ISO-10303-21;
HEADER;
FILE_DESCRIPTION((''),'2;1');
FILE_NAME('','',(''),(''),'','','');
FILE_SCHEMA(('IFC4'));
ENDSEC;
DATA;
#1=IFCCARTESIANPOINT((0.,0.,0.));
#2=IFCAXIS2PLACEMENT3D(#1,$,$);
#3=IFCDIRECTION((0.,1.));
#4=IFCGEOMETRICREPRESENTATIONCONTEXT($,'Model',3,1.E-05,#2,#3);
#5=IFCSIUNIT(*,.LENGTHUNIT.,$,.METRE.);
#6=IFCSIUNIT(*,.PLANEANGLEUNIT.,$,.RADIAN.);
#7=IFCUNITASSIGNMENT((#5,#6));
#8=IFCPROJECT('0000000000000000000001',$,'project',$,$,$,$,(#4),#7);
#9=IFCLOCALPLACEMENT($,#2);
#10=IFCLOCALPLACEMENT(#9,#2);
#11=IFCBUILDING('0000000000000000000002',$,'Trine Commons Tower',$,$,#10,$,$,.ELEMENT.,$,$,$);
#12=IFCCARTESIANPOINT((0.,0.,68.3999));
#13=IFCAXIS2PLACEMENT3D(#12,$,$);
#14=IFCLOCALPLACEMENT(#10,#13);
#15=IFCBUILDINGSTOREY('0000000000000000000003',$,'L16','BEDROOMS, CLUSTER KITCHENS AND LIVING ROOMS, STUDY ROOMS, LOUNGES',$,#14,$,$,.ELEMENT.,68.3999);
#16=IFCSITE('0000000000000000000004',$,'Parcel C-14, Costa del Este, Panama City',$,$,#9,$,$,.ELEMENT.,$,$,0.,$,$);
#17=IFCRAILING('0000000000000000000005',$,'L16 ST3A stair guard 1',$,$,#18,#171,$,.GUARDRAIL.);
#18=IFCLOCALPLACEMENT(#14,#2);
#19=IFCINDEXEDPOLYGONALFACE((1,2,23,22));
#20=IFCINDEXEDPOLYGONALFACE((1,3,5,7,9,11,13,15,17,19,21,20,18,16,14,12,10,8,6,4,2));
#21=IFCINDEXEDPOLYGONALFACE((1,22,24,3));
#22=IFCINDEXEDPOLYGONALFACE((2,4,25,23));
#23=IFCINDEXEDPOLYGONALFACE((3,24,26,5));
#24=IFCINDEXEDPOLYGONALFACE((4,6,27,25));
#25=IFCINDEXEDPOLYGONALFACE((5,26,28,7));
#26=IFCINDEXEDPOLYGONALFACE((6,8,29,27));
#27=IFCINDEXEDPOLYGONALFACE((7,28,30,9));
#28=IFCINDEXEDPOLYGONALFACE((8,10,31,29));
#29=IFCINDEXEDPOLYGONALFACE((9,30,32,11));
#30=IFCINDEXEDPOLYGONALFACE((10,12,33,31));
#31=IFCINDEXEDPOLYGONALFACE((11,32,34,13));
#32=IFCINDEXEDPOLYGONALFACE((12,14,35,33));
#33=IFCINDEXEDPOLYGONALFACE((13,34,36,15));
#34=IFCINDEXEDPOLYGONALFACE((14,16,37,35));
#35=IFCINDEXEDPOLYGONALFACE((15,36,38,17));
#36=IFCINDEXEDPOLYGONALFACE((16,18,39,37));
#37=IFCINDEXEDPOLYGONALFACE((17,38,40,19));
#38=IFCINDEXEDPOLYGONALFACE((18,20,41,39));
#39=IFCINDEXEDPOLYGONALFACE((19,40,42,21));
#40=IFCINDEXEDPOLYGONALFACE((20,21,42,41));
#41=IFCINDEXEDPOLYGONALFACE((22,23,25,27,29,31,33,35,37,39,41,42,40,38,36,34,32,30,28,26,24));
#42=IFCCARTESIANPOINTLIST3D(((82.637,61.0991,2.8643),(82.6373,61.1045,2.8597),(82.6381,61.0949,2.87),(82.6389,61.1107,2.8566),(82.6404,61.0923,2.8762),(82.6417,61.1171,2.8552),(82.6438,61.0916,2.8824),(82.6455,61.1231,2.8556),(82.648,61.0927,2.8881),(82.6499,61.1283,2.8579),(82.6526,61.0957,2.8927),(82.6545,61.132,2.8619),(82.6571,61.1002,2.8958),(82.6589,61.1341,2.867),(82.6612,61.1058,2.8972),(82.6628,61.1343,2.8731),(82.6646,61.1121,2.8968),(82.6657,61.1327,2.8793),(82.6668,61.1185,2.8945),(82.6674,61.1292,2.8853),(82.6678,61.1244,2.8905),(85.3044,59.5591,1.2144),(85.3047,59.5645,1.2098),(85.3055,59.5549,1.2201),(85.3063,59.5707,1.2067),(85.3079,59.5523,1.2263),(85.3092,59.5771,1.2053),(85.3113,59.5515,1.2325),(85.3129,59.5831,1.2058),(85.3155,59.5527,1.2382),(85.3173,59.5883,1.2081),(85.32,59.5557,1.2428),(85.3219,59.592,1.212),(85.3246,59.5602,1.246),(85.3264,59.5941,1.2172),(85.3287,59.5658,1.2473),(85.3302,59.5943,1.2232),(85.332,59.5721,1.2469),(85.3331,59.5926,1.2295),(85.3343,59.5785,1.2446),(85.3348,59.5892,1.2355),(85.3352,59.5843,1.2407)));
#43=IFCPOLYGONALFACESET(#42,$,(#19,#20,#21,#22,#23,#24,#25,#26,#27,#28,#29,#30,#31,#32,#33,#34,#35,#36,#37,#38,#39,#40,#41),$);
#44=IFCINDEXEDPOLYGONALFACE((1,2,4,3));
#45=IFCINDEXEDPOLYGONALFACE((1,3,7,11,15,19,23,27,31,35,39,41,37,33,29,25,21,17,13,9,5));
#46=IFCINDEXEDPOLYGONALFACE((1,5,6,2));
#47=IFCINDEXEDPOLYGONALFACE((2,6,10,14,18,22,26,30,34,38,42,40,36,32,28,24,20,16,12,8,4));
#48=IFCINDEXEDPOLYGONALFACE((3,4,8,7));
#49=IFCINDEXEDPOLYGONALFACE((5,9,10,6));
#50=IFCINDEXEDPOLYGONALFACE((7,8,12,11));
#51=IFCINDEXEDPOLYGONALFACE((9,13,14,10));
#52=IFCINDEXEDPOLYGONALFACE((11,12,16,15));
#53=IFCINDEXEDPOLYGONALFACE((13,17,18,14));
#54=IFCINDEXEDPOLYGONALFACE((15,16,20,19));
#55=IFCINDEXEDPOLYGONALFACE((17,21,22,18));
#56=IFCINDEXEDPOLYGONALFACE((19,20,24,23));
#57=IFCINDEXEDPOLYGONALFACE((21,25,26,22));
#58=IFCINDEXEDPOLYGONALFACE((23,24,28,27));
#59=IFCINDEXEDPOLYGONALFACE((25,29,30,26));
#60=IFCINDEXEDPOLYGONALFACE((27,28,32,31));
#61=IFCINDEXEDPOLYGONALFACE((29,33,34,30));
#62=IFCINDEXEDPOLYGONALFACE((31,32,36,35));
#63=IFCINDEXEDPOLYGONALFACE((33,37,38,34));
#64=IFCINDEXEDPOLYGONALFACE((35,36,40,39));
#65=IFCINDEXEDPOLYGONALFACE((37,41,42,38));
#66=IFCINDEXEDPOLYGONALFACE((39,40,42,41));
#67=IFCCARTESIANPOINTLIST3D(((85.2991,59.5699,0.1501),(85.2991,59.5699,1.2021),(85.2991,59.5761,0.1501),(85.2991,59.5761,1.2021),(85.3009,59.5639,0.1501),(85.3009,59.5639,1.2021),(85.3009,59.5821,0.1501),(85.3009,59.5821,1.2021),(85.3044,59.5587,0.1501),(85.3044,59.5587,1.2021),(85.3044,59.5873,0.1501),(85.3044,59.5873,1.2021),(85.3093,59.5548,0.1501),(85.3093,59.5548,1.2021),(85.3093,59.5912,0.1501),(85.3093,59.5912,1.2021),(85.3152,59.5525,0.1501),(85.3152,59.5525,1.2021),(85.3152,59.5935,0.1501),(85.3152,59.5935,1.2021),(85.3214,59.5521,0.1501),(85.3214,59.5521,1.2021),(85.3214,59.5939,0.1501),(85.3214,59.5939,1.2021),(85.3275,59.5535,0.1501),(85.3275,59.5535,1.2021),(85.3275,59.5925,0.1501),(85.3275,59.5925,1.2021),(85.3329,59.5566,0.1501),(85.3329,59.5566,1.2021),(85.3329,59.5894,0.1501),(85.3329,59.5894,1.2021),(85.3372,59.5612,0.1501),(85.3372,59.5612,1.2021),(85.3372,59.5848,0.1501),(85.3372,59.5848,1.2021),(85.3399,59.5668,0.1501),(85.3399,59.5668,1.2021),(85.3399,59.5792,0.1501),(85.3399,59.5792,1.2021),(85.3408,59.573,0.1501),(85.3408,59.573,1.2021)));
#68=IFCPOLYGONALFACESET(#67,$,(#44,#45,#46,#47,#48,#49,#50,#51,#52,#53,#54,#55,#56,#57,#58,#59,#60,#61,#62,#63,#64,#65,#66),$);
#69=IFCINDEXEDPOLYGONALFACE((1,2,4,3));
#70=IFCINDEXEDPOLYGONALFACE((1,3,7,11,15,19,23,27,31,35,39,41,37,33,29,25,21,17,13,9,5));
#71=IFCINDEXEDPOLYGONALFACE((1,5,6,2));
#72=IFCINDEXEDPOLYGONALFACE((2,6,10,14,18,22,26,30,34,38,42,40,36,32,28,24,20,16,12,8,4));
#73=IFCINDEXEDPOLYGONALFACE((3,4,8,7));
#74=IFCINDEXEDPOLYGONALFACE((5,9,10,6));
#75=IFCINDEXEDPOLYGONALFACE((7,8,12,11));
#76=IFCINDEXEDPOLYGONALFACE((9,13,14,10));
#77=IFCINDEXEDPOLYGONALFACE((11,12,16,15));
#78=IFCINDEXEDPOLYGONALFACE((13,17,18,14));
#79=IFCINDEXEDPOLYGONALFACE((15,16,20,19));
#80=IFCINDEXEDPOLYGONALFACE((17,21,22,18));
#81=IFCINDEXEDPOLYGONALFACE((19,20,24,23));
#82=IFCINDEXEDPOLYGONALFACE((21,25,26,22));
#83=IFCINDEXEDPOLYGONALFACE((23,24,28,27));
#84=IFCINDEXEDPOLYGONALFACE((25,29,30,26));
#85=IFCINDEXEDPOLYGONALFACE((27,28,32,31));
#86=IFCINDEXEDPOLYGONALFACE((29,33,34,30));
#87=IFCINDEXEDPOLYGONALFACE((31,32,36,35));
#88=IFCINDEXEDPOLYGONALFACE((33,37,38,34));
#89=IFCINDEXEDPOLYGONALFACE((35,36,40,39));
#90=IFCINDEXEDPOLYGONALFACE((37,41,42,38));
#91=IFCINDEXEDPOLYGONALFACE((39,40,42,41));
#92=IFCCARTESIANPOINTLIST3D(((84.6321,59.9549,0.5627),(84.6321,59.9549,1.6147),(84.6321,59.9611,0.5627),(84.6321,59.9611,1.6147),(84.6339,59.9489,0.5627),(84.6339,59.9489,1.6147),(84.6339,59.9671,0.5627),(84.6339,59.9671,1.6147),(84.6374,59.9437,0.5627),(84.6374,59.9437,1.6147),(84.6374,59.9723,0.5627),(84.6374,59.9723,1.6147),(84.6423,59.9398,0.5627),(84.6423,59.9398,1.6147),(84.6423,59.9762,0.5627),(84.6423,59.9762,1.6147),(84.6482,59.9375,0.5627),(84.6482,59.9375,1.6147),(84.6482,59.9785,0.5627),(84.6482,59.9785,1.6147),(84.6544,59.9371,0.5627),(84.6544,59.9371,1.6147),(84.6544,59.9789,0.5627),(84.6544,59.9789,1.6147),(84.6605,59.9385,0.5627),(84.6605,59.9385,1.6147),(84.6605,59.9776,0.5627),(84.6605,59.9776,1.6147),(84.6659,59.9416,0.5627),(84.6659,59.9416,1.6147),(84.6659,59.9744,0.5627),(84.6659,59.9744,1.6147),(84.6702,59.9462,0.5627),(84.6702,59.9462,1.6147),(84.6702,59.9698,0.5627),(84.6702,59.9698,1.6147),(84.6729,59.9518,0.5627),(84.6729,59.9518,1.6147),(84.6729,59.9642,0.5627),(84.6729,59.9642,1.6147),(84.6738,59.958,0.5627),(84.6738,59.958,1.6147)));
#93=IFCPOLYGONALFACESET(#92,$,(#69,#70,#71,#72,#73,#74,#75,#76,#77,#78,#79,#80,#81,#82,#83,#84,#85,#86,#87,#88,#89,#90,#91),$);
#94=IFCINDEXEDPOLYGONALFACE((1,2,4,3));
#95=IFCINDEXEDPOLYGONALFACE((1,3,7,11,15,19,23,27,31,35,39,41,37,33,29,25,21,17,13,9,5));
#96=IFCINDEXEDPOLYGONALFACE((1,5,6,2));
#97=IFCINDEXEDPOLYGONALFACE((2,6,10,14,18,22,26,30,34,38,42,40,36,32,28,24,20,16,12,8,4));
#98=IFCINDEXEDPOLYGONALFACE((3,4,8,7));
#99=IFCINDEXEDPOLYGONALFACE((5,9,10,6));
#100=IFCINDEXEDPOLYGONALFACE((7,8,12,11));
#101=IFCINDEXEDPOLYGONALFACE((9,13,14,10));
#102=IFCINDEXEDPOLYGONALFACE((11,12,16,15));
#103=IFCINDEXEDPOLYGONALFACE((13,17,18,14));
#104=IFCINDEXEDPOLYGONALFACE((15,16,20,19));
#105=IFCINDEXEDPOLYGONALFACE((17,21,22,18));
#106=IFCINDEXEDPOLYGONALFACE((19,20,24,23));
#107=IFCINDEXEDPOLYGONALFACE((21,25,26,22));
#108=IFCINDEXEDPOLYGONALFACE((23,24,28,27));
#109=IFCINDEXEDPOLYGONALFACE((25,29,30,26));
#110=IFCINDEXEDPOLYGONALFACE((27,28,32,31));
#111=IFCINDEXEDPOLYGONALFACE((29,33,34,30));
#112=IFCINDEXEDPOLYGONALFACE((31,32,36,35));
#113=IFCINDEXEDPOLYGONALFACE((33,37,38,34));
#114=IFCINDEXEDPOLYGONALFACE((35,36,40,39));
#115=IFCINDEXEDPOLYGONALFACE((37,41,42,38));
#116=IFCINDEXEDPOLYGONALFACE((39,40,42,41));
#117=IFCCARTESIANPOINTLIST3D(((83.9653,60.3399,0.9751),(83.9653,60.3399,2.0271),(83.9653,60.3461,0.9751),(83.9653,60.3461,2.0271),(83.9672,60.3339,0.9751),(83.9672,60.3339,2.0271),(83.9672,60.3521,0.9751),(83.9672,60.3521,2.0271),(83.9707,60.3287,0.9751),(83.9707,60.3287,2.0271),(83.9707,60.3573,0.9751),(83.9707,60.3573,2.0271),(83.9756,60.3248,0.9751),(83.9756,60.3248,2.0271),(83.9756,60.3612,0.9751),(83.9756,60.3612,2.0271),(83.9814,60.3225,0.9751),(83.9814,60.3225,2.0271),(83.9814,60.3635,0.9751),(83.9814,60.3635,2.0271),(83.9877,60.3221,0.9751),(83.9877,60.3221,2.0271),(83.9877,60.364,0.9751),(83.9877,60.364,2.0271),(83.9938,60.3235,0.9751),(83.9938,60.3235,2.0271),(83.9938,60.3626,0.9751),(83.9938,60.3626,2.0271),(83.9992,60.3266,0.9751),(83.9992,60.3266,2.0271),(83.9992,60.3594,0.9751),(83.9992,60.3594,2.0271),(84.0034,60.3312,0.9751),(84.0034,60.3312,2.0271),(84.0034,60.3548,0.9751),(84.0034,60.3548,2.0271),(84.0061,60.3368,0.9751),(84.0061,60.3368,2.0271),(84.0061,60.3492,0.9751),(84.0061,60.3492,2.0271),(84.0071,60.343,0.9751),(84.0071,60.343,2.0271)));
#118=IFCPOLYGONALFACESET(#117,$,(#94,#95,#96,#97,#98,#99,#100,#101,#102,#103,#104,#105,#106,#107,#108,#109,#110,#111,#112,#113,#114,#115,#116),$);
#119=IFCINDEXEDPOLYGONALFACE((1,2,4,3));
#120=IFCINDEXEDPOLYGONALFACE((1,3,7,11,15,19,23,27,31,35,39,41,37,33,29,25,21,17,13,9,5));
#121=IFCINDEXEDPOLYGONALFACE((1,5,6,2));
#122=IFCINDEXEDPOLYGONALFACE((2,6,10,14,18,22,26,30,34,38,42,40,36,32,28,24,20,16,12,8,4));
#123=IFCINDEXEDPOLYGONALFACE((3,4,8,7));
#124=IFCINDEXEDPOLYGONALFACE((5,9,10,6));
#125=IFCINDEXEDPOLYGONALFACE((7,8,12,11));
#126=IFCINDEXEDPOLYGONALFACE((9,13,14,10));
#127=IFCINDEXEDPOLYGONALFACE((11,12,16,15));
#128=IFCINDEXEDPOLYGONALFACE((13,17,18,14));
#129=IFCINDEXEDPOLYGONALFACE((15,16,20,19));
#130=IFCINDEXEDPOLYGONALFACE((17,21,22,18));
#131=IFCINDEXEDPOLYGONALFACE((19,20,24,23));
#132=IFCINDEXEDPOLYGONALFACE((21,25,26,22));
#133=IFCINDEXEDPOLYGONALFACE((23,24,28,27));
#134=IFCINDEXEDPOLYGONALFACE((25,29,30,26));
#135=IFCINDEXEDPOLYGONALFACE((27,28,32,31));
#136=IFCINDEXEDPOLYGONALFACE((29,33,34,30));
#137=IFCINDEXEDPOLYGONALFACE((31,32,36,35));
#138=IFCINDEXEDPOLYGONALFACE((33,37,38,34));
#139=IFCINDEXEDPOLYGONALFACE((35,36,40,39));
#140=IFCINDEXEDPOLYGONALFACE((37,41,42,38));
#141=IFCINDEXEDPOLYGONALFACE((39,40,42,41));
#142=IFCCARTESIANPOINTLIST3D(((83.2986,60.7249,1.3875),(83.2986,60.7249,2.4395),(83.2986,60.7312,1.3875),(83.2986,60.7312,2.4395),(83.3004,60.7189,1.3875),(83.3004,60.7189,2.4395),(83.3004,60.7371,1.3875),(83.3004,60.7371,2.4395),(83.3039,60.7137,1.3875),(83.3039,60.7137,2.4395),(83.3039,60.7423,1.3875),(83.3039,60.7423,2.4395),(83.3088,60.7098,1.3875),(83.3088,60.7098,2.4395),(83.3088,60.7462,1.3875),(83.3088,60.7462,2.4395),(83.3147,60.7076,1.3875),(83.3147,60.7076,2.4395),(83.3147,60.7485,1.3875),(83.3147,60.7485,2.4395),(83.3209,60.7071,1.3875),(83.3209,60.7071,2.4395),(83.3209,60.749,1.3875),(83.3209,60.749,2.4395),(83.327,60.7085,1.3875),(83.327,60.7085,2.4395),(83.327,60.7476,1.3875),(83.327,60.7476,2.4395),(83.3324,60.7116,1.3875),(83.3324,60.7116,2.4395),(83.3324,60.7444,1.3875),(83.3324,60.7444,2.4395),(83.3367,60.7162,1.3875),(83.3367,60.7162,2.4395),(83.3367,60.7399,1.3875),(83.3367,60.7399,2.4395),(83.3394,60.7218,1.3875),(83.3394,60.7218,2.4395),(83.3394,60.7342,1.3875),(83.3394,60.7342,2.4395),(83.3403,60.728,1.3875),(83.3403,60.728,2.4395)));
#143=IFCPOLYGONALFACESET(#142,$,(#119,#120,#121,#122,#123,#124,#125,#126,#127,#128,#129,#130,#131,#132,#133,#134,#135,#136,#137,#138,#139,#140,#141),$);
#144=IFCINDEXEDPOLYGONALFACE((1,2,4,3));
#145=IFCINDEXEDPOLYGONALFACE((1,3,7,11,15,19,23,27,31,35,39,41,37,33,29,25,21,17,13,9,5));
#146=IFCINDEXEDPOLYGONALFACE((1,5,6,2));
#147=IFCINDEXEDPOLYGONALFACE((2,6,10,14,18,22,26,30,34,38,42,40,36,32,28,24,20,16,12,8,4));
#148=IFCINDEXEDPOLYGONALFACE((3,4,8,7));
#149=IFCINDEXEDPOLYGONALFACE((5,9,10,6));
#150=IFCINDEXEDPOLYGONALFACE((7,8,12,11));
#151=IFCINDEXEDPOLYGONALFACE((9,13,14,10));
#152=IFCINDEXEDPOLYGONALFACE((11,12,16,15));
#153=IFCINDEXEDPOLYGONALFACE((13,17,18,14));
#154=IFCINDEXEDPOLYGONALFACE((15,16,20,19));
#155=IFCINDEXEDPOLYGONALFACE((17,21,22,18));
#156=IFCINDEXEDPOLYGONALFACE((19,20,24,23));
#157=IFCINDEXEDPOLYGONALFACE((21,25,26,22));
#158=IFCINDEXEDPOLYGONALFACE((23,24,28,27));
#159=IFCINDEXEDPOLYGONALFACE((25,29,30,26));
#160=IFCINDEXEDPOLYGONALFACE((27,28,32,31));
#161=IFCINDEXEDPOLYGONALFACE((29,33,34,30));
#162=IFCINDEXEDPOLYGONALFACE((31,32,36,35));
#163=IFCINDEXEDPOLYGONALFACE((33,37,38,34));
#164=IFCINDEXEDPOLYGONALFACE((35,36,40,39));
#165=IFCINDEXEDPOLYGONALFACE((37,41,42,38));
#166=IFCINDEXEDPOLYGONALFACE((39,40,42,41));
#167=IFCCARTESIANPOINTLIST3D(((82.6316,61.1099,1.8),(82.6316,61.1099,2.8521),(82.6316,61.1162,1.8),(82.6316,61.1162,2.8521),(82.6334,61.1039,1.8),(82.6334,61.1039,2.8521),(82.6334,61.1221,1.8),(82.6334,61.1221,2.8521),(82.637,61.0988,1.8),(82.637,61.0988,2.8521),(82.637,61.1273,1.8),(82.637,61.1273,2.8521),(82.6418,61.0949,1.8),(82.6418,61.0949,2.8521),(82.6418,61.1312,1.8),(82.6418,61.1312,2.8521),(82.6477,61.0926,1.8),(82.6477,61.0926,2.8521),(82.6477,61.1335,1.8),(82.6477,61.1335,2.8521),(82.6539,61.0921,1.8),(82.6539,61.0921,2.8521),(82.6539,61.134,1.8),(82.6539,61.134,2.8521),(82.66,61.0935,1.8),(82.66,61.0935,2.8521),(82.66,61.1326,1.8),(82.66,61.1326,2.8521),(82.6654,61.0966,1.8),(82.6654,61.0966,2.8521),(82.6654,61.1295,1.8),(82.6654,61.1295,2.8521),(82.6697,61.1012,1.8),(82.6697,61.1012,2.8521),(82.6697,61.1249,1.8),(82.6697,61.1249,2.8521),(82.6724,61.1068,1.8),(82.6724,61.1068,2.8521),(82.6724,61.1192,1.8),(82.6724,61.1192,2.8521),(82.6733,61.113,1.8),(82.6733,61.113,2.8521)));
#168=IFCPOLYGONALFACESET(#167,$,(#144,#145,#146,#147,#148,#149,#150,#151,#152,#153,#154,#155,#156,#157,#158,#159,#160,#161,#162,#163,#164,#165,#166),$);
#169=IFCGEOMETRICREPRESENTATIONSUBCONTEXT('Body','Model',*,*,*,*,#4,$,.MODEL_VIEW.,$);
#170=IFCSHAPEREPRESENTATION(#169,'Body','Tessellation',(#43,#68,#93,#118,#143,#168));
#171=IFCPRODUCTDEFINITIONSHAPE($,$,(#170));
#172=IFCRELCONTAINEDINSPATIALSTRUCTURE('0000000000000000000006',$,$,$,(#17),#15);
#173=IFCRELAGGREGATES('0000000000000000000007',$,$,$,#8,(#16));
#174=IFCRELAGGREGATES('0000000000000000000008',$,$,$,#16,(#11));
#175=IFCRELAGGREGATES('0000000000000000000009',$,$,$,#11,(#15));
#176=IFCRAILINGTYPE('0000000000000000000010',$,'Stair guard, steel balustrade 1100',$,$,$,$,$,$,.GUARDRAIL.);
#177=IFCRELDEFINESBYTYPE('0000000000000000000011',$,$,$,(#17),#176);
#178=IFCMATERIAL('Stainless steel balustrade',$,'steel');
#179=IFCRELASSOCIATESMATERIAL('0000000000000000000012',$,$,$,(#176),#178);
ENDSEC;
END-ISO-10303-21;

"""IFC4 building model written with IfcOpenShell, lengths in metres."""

from ifc_helpers import new_model, si_unit, direction, frame, origin, origin_2d, place, context, subcontext, project, spatial, circle, extrude, material, type_object, element, save


model = new_model("IFC4")

# Units and contexts
model_context = context("Model", 3, precision=1e-05, world=origin(), true_north=direction((0.0, 1.0)))
body_context = subcontext(model_context, "Body", "Model", "MODEL_VIEW")
ifc_project = project(units=[si_unit("LENGTHUNIT", "METRE"), si_unit("PLANEANGLEUNIT", "RADIAN")], contexts=[model_context])

# Site, building, storey
site_placement = place(None, origin())
site = spatial("IfcSite", under=ifc_project, at=site_placement, Name="Parcel C-14, Costa del Este, Panama City", CompositionType="ELEMENT", RefElevation=0.0)
building_placement = place(site_placement, origin())
building = spatial("IfcBuilding", under=site, at=building_placement, Name="Trine Commons Tower", CompositionType="ELEMENT")
storey_placement = place(building_placement, frame((0.0, 0.0, 68.3999)))
storey = spatial("IfcBuildingStorey", under=building, at=storey_placement, Name="L16", Description="BEDROOMS, CLUSTER KITCHENS AND LIVING ROOMS, STUDY ROOMS, LOUNGES", CompositionType="ELEMENT", Elevation=68.3999)

# Railing
ifc_material_1 = material(Name="Stainless steel balustrade", Category="steel")
railing_type_1 = type_object("IfcRailingType", Name="Stair guard, steel balustrade 1100", PredefinedType="GUARDRAIL", material=ifc_material_1)
railing_1_placement = place(storey_placement, frame((85.3198, 59.573, 0.1501)))
element("IfcRailing", 1, at=railing_1_placement, inside=storey, type_object=railing_type_1, Name="L16 ST3A stair guard 1", PredefinedType="GUARDRAIL", context=body_context, shape_type="SweptSolid", body=[
    extrude(circle(Radius=0.0239, at=origin_2d()), frame((0.0, 0.0, 1.0762), z_axis=(-0.763405, 0.440743, 0.472185), x_axis=(-0.499992, -0.86603, 0.0)), (0.0, 0.0, 1.0), 3.4941),
    extrude(circle(Radius=0.021, at=origin_2d()), origin(), (0.0, 0.0, 1.0), 1.052),
    extrude(circle(Radius=0.021, at=origin_2d()), frame((-0.667, 0.385, 0.4126)), (0.0, 0.0, 1.0), 1.052),
    extrude(circle(Radius=0.021, at=origin_2d()), frame((-1.3337, 0.77, 0.825)), (0.0, 0.0, 1.0), 1.052),
    extrude(circle(Radius=0.021, at=origin_2d()), frame((-2.0005, 1.155, 1.2373)), (0.0, 0.0, 1.0), 1.052),
    extrude(circle(Radius=0.021, at=origin_2d()), frame((-2.6675, 1.54, 1.6499)), (0.0, 0.0, 1.0), 1.052),
])

save(model, "model.ifc")
